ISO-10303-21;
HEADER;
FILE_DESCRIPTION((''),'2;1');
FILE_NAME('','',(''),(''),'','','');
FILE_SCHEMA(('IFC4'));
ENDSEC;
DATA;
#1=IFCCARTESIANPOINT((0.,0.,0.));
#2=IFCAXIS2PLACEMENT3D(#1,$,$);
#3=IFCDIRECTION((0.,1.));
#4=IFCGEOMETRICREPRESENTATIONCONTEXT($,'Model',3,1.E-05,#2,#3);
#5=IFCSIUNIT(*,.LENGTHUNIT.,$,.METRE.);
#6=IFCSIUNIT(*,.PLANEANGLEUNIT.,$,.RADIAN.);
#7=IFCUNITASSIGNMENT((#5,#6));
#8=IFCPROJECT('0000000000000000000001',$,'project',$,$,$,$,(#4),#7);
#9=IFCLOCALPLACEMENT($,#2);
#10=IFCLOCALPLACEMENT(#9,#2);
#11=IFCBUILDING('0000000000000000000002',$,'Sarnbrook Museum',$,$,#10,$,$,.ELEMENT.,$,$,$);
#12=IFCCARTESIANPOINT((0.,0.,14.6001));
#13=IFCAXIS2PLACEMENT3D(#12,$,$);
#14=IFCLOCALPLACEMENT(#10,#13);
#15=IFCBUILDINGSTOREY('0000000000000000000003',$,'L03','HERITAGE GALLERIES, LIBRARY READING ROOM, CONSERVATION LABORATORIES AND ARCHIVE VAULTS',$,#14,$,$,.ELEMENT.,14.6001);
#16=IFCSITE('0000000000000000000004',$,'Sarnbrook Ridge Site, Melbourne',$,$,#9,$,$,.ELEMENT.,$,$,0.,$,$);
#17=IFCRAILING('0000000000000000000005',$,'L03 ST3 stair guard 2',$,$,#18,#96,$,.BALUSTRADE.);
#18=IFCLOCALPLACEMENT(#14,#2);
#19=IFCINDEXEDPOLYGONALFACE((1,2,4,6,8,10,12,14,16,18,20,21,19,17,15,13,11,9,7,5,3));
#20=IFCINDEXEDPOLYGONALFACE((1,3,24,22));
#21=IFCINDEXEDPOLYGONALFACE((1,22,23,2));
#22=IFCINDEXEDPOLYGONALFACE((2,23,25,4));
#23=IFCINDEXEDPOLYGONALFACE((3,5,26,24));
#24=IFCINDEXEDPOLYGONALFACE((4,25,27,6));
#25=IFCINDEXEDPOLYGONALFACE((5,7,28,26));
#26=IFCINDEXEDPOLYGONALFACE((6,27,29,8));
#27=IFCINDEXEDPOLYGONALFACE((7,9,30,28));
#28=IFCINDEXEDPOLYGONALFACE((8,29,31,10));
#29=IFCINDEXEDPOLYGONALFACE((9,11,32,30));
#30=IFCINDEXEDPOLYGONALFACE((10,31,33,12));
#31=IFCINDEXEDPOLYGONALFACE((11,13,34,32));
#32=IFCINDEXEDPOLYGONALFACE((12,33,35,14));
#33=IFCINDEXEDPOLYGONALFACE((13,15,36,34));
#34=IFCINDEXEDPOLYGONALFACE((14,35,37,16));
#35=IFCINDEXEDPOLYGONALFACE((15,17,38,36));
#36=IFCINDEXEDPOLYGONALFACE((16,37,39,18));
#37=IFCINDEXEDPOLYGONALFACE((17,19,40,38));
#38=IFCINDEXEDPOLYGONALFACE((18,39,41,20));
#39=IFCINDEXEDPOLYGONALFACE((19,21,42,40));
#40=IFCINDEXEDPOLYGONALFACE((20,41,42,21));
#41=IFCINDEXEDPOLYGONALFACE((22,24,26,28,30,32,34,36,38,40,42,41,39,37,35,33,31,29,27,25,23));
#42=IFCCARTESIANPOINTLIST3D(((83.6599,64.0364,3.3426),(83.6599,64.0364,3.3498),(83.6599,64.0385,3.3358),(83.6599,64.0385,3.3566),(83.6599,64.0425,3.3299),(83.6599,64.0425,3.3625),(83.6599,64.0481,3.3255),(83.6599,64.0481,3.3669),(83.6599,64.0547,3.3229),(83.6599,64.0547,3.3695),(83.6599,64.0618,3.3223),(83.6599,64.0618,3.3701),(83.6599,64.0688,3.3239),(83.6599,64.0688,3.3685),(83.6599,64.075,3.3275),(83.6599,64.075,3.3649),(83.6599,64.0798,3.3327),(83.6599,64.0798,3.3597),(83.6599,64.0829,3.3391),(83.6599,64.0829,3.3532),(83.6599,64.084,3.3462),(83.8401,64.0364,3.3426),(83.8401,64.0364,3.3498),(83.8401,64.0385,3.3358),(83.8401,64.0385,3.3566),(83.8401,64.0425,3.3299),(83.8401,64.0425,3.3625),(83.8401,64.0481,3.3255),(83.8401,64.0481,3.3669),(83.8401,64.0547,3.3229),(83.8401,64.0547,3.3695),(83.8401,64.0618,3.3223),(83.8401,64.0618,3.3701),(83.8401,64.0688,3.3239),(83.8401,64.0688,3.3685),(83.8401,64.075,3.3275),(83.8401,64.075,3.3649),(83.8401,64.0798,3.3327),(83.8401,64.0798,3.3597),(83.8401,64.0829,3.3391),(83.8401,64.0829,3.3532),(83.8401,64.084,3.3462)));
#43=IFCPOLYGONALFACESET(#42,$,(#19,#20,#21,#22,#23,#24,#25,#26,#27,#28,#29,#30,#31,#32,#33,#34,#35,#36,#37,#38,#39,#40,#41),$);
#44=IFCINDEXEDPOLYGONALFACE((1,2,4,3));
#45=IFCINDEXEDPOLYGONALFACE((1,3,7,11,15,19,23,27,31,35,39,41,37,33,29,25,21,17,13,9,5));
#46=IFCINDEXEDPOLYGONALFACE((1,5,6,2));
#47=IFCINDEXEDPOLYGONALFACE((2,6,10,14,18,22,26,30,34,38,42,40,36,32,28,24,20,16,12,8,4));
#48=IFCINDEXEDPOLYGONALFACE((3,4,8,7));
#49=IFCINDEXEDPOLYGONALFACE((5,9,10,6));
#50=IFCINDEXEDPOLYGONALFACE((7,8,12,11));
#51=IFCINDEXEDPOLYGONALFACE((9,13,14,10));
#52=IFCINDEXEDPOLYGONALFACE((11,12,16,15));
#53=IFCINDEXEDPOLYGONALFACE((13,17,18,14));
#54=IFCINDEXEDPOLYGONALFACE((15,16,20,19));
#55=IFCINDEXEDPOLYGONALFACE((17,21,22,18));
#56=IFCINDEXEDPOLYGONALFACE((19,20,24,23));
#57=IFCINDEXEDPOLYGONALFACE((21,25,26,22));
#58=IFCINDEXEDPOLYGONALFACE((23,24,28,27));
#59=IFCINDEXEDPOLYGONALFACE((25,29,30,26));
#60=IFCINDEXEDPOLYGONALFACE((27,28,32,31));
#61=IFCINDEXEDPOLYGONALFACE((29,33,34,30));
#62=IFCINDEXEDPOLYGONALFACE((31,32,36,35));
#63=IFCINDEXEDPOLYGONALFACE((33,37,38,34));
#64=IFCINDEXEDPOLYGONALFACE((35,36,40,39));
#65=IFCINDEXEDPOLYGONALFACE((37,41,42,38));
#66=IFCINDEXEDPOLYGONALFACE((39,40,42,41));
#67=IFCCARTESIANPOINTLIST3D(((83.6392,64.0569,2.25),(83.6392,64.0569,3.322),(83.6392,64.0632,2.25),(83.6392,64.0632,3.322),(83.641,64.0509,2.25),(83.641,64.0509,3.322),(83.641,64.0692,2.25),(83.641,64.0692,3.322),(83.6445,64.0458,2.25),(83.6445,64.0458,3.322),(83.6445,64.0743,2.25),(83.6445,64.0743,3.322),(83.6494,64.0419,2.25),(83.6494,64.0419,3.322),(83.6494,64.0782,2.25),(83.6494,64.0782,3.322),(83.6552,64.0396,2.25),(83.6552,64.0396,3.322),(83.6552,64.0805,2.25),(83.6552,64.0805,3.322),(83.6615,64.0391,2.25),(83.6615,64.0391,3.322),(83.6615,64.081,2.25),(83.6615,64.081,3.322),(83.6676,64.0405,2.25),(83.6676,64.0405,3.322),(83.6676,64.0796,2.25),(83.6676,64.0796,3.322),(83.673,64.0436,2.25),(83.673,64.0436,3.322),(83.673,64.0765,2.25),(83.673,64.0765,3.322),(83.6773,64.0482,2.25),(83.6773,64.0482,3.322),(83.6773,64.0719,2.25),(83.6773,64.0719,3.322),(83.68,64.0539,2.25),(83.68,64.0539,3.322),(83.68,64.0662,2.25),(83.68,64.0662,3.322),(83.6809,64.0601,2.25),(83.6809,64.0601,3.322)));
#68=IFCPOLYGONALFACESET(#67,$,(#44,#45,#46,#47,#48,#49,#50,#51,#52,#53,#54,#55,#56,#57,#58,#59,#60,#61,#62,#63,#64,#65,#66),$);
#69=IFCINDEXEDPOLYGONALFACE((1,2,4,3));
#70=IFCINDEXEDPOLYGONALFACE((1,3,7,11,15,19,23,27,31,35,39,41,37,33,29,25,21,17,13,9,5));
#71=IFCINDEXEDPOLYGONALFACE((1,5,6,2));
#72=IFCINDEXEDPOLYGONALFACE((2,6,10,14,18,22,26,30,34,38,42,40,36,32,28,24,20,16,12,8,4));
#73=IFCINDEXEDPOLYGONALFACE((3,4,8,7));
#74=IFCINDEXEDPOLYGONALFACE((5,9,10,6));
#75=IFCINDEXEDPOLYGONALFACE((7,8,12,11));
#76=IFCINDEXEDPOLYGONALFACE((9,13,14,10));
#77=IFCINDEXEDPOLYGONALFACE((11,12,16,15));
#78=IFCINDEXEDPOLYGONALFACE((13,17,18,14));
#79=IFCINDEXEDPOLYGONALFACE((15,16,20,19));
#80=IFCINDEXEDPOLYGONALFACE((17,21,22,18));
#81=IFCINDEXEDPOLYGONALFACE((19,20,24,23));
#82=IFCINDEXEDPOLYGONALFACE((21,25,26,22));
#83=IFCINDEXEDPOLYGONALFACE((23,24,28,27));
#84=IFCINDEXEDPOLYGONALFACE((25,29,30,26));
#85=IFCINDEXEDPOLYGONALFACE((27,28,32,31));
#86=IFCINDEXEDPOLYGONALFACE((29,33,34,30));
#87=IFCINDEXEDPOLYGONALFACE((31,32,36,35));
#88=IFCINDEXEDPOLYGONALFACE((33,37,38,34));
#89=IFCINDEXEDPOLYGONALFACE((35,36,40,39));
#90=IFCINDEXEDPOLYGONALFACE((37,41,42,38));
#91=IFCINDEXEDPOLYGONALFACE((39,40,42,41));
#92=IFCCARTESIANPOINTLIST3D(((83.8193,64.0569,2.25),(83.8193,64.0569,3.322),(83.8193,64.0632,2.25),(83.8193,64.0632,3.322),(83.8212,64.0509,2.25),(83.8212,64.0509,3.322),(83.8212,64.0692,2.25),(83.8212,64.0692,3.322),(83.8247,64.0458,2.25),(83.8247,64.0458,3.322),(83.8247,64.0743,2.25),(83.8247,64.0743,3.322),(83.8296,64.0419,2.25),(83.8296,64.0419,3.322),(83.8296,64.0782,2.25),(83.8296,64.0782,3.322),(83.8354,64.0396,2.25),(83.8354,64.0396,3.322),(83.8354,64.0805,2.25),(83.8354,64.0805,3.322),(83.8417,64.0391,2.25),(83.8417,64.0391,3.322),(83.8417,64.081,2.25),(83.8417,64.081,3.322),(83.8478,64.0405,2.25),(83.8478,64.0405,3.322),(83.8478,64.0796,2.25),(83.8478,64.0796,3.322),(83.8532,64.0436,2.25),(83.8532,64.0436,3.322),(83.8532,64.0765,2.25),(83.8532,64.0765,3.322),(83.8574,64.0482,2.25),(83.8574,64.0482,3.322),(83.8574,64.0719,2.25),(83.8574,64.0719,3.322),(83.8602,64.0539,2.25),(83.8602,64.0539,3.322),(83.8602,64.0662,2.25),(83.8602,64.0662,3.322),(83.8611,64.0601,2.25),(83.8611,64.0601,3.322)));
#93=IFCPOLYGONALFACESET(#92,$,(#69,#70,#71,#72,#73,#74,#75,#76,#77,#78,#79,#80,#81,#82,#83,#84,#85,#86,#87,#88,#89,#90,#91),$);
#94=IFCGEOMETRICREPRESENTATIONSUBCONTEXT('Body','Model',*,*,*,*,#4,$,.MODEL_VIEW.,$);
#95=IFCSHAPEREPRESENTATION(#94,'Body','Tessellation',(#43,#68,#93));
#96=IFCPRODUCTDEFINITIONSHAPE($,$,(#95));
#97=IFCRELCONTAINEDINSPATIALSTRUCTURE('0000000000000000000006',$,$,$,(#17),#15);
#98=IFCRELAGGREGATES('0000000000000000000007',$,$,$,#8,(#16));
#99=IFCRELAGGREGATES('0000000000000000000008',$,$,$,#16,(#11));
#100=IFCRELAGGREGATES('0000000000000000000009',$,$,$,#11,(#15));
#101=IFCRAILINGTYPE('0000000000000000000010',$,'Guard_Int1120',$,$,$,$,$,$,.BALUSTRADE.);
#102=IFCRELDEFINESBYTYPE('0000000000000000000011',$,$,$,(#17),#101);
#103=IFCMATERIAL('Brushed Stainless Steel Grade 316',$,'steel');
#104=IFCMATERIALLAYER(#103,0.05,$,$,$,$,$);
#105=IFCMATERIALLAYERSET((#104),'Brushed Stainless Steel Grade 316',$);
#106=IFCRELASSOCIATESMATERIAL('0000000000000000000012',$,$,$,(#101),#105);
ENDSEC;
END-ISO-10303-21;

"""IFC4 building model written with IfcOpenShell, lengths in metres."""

from ifc_helpers import new_model, si_unit, direction, frame, origin, origin_2d, place, context, subcontext, project, spatial, circle, extrude, material, layer, layer_set, type_object, element, save


model = new_model("IFC4")

# Units and contexts
model_context = context("Model", 3, precision=1e-05, world=origin(), true_north=direction((0.0, 1.0)))
body_context = subcontext(model_context, "Body", "Model", "MODEL_VIEW")
ifc_project = project(units=[si_unit("LENGTHUNIT", "METRE"), si_unit("PLANEANGLEUNIT", "RADIAN")], contexts=[model_context])

# Site, building, storey
site_placement = place(None, origin())
site = spatial("IfcSite", under=ifc_project, at=site_placement, Name="Sarnbrook Ridge Site, Melbourne", CompositionType="ELEMENT", RefElevation=0.0)
building_placement = place(site_placement, origin())
building = spatial("IfcBuilding", under=site, at=building_placement, Name="Sarnbrook Museum", CompositionType="ELEMENT")
storey_placement = place(building_placement, frame((0.0, 0.0, 14.6001)))
storey = spatial("IfcBuildingStorey", under=building, at=storey_placement, Name="L03", Description="HERITAGE GALLERIES, LIBRARY READING ROOM, CONSERVATION LABORATORIES AND ARCHIVE VAULTS", CompositionType="ELEMENT", Elevation=14.6001)

# Shared definitions
ifc_material_1 = material(Name="Brushed Stainless Steel Grade 316", Category="steel")

# Railing
ifc_layer_1 = layer(ifc_material_1, 0.05)
ifc_layer_set_1 = layer_set([ifc_layer_1], Name="Brushed Stainless Steel Grade 316")
railing_type = type_object("IfcRailingType", Name="Guard_Int1120", PredefinedType="BALUSTRADE", material=ifc_layer_set_1)
railing_1_placement = place(storey_placement, frame((83.6599, 64.0601, 2.25)))
element("IfcRailing", 1, at=railing_1_placement, inside=storey, type_object=railing_type, Name="L03 ST3 stair guard 2", PredefinedType="BALUSTRADE", context=body_context, shape_type="SweptSolid", body=[
    extrude(circle(Radius=0.0239, at=origin_2d()), frame((0.0, 0.0, 1.0962), z_axis=(1.0, 0.0, 0.0), x_axis=(0.0, 1.0, 0.0)), (0.0, 0.0, 1.0), 0.1802),
    extrude(circle(Radius=0.021, at=origin_2d()), origin(), (0.0, 0.0, 1.0), 1.072),
    extrude(circle(Radius=0.021, at=origin_2d()), frame((0.1802, 0.0, 0.0)), (0.0, 0.0, 1.0), 1.072),
])

save(model, "model.ifc")
